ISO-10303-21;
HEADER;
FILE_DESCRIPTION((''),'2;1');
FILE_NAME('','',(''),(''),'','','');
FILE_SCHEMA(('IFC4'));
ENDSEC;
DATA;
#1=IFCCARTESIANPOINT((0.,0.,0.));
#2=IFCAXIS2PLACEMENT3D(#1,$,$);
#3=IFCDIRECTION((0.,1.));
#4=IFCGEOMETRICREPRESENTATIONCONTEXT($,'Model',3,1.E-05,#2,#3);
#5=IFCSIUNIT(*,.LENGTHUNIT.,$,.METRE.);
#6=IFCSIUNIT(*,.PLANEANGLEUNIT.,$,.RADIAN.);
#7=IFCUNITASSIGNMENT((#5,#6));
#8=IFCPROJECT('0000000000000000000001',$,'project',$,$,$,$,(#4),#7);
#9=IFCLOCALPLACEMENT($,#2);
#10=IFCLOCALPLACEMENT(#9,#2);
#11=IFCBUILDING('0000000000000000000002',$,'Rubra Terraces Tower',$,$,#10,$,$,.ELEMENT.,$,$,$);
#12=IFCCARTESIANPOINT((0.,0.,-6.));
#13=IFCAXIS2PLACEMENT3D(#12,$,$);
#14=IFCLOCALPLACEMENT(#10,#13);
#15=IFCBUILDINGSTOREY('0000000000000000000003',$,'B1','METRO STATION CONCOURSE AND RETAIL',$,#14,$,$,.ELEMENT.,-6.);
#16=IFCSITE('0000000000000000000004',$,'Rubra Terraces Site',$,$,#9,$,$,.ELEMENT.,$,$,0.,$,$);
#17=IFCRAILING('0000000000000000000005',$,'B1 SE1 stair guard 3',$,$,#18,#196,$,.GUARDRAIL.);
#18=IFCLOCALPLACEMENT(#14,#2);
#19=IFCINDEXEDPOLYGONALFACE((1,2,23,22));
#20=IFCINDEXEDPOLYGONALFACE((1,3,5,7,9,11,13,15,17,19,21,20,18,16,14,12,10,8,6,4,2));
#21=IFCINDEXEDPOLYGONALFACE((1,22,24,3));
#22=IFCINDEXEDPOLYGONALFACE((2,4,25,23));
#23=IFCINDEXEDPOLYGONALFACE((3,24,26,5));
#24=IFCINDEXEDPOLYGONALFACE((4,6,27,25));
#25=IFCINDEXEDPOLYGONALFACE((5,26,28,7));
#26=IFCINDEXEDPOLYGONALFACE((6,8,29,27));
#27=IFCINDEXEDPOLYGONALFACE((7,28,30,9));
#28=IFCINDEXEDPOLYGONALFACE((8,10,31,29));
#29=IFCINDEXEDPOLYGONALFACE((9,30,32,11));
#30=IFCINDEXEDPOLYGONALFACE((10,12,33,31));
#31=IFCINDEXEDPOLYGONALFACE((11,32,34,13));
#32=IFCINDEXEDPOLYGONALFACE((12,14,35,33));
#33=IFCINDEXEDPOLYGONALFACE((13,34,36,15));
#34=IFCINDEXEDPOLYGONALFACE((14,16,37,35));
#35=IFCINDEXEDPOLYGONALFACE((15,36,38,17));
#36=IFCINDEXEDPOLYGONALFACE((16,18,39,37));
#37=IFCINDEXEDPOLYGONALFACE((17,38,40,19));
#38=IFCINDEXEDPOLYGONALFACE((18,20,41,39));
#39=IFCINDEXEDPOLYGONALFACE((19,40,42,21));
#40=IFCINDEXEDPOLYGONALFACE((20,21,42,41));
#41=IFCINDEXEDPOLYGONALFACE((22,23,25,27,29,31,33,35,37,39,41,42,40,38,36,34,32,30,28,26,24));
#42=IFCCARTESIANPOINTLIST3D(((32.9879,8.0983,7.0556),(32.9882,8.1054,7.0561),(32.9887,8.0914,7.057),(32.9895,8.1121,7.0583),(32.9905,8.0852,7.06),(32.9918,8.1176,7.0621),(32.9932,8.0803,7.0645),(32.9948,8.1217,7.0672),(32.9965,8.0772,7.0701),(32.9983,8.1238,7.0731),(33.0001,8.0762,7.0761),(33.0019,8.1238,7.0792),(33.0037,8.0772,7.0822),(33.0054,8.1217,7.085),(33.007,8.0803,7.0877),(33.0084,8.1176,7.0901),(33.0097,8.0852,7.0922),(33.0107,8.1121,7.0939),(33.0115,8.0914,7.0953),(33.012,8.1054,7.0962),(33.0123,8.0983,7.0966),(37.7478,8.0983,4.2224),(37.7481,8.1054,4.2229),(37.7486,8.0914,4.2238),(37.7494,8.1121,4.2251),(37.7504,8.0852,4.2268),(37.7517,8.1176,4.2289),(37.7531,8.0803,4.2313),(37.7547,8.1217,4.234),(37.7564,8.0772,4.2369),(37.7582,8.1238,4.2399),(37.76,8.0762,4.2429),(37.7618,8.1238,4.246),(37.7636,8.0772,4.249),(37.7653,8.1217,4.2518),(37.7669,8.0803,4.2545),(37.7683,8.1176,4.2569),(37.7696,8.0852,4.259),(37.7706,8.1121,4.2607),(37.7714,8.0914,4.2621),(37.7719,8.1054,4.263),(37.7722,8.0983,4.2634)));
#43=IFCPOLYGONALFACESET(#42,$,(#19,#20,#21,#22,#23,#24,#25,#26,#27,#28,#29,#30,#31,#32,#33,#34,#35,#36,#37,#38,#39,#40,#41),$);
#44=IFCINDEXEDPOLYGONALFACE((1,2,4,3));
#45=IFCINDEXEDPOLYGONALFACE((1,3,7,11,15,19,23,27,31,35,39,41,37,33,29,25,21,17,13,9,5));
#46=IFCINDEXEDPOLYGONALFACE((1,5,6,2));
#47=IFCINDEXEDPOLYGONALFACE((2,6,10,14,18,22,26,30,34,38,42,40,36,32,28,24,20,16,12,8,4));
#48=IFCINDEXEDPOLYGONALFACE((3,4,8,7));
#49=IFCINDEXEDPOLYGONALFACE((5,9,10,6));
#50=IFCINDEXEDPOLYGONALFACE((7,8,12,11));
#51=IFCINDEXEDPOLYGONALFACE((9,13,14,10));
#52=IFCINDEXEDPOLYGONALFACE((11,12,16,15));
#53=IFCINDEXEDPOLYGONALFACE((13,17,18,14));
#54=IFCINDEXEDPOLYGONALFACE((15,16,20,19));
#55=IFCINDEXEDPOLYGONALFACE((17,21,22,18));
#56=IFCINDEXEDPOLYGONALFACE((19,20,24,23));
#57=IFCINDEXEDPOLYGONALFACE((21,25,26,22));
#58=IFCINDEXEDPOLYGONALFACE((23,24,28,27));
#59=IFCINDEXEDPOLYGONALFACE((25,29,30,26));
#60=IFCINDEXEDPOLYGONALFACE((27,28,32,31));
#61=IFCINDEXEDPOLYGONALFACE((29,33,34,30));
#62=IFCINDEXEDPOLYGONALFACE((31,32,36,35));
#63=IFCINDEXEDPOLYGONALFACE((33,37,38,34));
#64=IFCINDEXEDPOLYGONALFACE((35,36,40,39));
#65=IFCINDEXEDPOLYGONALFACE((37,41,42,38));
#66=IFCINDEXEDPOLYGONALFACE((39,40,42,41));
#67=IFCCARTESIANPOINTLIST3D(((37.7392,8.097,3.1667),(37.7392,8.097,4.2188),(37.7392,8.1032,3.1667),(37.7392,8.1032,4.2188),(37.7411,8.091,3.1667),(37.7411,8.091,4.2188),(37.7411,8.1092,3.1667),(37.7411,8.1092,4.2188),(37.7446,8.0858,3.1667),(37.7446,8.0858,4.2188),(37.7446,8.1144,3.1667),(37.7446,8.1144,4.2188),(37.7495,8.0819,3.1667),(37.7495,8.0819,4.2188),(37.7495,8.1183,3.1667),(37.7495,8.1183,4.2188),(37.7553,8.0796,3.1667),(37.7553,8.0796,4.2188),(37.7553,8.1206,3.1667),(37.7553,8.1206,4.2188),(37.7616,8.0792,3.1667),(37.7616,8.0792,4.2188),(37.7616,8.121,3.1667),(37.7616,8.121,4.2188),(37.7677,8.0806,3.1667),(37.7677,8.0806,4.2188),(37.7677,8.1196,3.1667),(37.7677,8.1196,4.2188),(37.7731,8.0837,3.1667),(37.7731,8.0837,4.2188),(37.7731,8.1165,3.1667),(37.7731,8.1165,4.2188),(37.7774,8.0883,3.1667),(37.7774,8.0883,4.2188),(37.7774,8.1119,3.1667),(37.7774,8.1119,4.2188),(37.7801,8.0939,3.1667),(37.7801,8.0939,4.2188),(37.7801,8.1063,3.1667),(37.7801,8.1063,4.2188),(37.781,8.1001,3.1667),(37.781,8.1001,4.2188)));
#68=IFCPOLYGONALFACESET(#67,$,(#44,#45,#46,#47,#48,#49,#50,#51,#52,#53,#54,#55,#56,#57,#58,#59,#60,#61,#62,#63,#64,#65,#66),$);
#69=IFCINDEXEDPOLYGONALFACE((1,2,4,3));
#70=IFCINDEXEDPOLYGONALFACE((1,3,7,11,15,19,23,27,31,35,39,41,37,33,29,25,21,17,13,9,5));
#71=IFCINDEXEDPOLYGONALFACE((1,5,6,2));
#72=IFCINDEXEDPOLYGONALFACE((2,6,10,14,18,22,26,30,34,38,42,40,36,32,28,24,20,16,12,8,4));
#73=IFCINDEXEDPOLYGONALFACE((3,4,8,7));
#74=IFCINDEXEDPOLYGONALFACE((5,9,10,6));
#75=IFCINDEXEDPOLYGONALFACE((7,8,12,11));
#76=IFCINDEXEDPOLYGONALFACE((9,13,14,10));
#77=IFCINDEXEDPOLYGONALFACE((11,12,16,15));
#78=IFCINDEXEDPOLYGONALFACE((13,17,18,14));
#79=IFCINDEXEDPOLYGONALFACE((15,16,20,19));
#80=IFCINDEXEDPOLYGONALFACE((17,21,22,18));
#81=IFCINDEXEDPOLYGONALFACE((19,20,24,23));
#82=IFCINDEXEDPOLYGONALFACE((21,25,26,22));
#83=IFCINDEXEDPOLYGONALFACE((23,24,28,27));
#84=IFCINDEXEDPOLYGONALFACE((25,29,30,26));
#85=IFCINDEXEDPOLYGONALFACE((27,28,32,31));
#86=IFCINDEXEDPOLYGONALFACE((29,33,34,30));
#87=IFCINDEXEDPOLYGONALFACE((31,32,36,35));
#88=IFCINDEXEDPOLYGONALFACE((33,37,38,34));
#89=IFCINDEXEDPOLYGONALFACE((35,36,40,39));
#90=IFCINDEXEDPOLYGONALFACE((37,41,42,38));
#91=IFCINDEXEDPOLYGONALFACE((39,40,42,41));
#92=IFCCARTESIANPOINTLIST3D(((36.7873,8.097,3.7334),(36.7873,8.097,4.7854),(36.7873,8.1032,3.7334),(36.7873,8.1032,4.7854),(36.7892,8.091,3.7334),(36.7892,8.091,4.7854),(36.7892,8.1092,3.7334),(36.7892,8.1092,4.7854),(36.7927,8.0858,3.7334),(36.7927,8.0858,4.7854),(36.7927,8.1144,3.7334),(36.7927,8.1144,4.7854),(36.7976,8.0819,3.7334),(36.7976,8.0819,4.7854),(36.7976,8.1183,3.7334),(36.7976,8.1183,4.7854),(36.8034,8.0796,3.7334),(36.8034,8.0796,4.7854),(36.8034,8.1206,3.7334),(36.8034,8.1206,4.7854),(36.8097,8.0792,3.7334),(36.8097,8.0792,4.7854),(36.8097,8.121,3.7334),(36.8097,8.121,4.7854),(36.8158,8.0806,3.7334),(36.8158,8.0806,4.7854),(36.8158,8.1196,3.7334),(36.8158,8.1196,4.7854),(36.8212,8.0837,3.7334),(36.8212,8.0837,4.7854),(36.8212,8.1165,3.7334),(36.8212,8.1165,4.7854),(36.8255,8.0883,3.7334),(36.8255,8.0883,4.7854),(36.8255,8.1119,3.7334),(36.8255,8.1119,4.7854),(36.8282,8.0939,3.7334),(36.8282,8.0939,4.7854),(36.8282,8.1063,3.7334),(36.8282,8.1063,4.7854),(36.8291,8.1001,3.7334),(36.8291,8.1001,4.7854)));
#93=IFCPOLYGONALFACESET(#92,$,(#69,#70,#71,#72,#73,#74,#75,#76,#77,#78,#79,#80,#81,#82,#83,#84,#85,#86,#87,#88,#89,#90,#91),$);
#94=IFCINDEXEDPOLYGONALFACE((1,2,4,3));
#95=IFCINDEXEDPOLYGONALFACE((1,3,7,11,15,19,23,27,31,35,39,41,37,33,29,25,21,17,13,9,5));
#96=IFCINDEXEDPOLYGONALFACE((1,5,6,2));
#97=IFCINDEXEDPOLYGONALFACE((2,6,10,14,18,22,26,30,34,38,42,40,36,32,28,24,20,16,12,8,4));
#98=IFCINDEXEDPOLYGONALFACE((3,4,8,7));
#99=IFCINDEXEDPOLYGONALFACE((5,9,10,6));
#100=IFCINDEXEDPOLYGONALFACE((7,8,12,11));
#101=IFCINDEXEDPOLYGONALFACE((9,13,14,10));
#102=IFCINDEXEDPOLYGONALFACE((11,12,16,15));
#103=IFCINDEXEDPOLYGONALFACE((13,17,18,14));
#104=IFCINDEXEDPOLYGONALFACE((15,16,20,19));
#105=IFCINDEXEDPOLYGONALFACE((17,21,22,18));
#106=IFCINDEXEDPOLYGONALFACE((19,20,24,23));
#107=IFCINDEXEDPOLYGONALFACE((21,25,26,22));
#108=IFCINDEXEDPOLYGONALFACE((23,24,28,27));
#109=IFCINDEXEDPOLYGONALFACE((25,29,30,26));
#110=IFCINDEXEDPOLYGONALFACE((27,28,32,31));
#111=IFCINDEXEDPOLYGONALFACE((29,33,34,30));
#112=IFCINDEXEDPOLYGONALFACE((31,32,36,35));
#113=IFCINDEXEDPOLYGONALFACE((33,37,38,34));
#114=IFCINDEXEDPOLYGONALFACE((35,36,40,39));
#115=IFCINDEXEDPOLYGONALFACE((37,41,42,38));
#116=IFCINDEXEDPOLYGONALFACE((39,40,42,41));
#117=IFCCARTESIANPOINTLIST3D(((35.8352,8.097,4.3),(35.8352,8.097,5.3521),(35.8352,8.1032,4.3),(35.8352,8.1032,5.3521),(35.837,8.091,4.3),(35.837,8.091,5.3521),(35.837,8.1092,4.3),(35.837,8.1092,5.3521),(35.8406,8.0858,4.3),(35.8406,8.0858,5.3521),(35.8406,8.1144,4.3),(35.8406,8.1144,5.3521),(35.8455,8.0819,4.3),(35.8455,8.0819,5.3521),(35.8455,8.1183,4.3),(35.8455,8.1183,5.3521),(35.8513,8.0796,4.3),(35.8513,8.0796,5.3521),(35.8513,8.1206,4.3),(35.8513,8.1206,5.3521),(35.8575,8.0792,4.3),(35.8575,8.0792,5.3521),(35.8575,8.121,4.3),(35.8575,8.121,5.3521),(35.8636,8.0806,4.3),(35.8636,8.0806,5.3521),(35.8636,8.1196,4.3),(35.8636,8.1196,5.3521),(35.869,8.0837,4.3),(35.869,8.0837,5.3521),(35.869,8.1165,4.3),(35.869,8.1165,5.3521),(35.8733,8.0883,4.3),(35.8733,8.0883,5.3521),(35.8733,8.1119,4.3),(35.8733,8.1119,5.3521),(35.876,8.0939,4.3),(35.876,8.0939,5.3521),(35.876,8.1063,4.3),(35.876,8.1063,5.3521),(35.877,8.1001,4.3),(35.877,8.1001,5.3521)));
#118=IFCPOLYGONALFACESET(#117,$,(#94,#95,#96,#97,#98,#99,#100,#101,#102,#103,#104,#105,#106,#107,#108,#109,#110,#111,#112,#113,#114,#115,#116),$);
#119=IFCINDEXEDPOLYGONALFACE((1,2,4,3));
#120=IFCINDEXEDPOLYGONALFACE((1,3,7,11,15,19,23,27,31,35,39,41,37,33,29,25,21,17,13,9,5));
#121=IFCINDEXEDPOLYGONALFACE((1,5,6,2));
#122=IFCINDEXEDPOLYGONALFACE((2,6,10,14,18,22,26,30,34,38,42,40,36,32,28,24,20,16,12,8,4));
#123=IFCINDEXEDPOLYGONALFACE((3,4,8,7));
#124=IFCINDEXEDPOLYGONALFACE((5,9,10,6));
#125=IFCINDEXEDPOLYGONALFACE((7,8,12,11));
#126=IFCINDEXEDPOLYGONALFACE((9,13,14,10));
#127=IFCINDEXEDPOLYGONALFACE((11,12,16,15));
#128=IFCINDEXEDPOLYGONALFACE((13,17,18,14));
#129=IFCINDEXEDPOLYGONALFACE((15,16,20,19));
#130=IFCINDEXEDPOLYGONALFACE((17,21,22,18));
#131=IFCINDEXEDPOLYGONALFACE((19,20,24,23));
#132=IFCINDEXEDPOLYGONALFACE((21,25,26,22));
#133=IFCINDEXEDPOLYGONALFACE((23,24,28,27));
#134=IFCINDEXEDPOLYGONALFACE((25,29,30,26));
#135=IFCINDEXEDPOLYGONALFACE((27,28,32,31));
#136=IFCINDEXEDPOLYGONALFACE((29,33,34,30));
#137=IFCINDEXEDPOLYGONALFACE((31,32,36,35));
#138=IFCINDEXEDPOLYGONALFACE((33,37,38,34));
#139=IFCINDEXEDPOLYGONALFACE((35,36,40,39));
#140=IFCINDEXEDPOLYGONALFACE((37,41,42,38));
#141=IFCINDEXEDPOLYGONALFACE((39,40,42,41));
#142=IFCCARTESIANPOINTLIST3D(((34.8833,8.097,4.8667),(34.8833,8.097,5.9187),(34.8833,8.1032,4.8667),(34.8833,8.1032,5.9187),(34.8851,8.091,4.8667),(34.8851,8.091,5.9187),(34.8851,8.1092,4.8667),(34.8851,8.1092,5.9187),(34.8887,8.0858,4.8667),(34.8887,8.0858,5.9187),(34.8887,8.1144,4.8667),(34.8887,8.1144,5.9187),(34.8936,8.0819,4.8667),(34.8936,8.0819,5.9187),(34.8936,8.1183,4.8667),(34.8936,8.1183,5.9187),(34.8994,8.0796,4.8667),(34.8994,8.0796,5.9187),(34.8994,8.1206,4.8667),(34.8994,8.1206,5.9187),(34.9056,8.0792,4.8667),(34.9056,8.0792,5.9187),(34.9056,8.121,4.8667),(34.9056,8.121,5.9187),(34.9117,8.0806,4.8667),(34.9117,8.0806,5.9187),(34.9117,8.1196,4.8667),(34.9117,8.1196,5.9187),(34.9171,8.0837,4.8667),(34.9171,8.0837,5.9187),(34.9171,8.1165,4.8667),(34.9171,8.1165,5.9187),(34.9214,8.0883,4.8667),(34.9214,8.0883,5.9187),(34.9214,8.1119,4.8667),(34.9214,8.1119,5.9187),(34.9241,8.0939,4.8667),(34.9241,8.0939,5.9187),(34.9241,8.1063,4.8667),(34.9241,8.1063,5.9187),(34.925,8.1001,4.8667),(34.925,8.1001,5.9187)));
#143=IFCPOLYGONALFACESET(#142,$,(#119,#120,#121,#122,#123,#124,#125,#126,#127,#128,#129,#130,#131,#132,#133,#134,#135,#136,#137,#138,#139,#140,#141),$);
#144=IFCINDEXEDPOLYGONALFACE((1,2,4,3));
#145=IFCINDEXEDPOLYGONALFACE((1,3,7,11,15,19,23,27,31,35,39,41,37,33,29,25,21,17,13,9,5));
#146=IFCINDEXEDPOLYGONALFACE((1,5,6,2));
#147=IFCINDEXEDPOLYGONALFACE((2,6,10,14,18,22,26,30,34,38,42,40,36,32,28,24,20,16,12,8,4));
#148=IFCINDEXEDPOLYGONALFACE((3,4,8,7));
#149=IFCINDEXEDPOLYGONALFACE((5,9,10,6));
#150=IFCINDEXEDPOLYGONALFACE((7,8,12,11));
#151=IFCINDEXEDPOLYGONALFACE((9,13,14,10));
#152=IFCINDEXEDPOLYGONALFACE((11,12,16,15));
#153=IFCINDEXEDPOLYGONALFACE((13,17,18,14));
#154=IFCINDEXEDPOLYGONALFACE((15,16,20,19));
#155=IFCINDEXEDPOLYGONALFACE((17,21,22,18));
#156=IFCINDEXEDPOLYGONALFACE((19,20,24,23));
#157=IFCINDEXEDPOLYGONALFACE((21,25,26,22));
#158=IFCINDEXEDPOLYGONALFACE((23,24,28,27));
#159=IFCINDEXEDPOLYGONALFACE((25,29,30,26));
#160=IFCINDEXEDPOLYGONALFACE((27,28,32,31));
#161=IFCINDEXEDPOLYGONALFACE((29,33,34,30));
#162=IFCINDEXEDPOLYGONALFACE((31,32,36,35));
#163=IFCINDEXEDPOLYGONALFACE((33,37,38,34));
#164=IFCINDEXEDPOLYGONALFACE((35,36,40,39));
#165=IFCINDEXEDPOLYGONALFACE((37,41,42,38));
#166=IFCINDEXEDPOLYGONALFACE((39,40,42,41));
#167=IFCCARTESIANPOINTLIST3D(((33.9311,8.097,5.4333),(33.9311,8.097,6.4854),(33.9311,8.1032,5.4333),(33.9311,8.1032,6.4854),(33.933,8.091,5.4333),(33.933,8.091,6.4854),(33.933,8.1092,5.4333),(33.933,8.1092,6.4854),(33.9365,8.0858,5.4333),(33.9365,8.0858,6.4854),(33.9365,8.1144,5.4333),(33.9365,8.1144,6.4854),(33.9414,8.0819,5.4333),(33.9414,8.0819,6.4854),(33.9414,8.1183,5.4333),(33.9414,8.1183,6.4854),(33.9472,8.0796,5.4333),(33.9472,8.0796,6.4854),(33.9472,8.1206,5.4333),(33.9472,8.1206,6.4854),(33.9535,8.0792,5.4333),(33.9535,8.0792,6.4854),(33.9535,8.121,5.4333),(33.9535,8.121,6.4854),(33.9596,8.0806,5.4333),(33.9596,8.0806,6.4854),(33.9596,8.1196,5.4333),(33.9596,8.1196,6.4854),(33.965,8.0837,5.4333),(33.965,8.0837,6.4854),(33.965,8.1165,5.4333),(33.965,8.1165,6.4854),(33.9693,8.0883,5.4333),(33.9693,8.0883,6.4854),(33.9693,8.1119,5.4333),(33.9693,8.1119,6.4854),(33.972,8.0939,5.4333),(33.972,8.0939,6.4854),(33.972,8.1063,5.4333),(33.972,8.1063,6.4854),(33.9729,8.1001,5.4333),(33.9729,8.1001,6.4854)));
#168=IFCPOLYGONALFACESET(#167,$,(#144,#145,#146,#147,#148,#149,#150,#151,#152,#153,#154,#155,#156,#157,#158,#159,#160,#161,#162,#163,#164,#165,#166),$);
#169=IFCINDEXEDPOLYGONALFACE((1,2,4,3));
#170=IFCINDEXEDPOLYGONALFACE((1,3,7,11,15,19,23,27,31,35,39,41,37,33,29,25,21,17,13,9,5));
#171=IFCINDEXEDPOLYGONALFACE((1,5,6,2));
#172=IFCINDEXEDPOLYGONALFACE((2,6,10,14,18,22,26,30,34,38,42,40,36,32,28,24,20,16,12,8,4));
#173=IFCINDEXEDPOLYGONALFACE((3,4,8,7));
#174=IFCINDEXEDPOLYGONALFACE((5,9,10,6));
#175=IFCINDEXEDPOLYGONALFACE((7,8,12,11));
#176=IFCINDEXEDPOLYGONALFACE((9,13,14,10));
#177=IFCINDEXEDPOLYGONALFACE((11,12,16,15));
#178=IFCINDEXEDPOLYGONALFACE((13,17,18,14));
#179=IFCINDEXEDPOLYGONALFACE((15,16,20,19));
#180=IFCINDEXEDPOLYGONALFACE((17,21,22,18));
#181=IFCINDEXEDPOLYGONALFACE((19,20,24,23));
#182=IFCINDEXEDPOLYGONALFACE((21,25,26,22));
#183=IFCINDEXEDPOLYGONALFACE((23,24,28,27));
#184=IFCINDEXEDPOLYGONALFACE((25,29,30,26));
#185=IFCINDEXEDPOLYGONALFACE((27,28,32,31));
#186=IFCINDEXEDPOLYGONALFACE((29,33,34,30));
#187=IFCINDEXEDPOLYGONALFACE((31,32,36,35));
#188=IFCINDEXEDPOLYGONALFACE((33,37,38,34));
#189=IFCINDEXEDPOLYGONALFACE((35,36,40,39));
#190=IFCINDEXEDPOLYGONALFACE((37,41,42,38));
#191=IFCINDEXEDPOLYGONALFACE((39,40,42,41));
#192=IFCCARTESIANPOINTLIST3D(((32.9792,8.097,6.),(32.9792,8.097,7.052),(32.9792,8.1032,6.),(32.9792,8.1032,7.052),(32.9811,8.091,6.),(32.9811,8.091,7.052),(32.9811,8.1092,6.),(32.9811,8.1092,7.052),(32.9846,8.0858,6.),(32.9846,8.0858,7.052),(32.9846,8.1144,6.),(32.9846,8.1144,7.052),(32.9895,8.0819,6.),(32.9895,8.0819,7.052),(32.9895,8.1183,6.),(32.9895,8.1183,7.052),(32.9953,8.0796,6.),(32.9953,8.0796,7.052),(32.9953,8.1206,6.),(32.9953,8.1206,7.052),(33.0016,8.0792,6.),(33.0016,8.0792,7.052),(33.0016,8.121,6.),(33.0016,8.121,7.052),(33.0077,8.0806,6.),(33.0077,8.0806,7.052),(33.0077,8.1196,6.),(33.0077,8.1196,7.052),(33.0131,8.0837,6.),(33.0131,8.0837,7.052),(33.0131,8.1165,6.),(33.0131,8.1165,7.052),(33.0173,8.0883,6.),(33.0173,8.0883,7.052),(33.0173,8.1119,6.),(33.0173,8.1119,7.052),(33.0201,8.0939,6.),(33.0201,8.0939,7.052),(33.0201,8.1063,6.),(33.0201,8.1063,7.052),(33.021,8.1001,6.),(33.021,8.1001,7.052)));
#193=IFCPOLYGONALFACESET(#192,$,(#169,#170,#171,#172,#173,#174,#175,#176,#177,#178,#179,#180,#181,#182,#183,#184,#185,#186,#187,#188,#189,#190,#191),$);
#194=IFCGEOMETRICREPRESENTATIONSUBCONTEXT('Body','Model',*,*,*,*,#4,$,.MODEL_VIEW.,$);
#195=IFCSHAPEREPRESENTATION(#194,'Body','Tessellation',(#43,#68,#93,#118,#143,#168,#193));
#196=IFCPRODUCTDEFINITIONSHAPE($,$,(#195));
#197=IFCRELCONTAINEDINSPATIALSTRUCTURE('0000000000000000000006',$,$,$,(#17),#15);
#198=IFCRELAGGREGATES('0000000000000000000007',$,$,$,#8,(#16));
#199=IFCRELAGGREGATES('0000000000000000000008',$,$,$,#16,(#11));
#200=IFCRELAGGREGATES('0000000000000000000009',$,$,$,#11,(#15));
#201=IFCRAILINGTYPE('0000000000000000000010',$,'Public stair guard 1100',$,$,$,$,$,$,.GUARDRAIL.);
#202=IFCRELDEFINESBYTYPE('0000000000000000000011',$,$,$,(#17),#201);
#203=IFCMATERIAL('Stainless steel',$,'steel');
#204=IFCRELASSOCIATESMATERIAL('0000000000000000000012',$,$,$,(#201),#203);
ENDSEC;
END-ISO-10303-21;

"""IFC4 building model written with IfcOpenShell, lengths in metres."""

from ifc_helpers import new_model, si_unit, direction, frame, origin, origin_2d, place, context, subcontext, project, spatial, circle, extrude, material, type_object, element, save


model = new_model("IFC4")

# Units and contexts
model_context = context("Model", 3, precision=1e-05, world=origin(), true_north=direction((0.0, 1.0)))
body_context = subcontext(model_context, "Body", "Model", "MODEL_VIEW")
ifc_project = project(units=[si_unit("LENGTHUNIT", "METRE"), si_unit("PLANEANGLEUNIT", "RADIAN")], contexts=[model_context])

# Site, building, storey
site_placement = place(None, origin())
site = spatial("IfcSite", under=ifc_project, at=site_placement, Name="Rubra Terraces Site", CompositionType="ELEMENT", RefElevation=0.0)
building_placement = place(site_placement, origin())
building = spatial("IfcBuilding", under=site, at=building_placement, Name="Rubra Terraces Tower", CompositionType="ELEMENT")
storey_placement = place(building_placement, frame((0.0, 0.0, -6.0)))
storey = spatial("IfcBuildingStorey", under=building, at=storey_placement, Name="B1", Description="METRO STATION CONCOURSE AND RETAIL", CompositionType="ELEMENT", Elevation=-6.0)

# Railing
ifc_material_1 = material(Name="Stainless steel", Category="steel")
railing_type_1 = type_object("IfcRailingType", Name="Public stair guard 1100", PredefinedType="GUARDRAIL", material=ifc_material_1)
railing_1_placement = place(storey_placement, frame((37.76, 8.1001, 3.1667)))
element("IfcRailing", 1, at=railing_1_placement, inside=storey, type_object=railing_type_1, Name="B1 SE1 stair guard 3", PredefinedType="GUARDRAIL", context=body_context, shape_type="SweptSolid", body=[
    extrude(circle(Radius=0.0239, at=origin_2d()), frame((0.0, 0.0, 1.0762), z_axis=(-0.8593, 0.0, 0.511472), x_axis=(0.0, -1.0, 0.0)), (0.0, 0.0, 1.0), 5.5393),
    extrude(circle(Radius=0.021, at=origin_2d()), origin(), (0.0, 0.0, 1.0), 1.052),
    extrude(circle(Radius=0.021, at=origin_2d()), frame((-0.9519, 0.0, 0.5667)), (0.0, 0.0, 1.0), 1.052),
    extrude(circle(Radius=0.021, at=origin_2d()), frame((-1.9041, 0.0, 1.1333)), (0.0, 0.0, 1.0), 1.052),
    extrude(circle(Radius=0.021, at=origin_2d()), frame((-2.856, 0.0, 1.7)), (0.0, 0.0, 1.0), 1.052),
    extrude(circle(Radius=0.021, at=origin_2d()), frame((-3.8081, 0.0, 2.2666)), (0.0, 0.0, 1.0), 1.052),
    extrude(circle(Radius=0.021, at=origin_2d()), frame((-4.76, 0.0, 2.8333)), (0.0, 0.0, 1.0), 1.052),
])

save(model, "model.ifc")
